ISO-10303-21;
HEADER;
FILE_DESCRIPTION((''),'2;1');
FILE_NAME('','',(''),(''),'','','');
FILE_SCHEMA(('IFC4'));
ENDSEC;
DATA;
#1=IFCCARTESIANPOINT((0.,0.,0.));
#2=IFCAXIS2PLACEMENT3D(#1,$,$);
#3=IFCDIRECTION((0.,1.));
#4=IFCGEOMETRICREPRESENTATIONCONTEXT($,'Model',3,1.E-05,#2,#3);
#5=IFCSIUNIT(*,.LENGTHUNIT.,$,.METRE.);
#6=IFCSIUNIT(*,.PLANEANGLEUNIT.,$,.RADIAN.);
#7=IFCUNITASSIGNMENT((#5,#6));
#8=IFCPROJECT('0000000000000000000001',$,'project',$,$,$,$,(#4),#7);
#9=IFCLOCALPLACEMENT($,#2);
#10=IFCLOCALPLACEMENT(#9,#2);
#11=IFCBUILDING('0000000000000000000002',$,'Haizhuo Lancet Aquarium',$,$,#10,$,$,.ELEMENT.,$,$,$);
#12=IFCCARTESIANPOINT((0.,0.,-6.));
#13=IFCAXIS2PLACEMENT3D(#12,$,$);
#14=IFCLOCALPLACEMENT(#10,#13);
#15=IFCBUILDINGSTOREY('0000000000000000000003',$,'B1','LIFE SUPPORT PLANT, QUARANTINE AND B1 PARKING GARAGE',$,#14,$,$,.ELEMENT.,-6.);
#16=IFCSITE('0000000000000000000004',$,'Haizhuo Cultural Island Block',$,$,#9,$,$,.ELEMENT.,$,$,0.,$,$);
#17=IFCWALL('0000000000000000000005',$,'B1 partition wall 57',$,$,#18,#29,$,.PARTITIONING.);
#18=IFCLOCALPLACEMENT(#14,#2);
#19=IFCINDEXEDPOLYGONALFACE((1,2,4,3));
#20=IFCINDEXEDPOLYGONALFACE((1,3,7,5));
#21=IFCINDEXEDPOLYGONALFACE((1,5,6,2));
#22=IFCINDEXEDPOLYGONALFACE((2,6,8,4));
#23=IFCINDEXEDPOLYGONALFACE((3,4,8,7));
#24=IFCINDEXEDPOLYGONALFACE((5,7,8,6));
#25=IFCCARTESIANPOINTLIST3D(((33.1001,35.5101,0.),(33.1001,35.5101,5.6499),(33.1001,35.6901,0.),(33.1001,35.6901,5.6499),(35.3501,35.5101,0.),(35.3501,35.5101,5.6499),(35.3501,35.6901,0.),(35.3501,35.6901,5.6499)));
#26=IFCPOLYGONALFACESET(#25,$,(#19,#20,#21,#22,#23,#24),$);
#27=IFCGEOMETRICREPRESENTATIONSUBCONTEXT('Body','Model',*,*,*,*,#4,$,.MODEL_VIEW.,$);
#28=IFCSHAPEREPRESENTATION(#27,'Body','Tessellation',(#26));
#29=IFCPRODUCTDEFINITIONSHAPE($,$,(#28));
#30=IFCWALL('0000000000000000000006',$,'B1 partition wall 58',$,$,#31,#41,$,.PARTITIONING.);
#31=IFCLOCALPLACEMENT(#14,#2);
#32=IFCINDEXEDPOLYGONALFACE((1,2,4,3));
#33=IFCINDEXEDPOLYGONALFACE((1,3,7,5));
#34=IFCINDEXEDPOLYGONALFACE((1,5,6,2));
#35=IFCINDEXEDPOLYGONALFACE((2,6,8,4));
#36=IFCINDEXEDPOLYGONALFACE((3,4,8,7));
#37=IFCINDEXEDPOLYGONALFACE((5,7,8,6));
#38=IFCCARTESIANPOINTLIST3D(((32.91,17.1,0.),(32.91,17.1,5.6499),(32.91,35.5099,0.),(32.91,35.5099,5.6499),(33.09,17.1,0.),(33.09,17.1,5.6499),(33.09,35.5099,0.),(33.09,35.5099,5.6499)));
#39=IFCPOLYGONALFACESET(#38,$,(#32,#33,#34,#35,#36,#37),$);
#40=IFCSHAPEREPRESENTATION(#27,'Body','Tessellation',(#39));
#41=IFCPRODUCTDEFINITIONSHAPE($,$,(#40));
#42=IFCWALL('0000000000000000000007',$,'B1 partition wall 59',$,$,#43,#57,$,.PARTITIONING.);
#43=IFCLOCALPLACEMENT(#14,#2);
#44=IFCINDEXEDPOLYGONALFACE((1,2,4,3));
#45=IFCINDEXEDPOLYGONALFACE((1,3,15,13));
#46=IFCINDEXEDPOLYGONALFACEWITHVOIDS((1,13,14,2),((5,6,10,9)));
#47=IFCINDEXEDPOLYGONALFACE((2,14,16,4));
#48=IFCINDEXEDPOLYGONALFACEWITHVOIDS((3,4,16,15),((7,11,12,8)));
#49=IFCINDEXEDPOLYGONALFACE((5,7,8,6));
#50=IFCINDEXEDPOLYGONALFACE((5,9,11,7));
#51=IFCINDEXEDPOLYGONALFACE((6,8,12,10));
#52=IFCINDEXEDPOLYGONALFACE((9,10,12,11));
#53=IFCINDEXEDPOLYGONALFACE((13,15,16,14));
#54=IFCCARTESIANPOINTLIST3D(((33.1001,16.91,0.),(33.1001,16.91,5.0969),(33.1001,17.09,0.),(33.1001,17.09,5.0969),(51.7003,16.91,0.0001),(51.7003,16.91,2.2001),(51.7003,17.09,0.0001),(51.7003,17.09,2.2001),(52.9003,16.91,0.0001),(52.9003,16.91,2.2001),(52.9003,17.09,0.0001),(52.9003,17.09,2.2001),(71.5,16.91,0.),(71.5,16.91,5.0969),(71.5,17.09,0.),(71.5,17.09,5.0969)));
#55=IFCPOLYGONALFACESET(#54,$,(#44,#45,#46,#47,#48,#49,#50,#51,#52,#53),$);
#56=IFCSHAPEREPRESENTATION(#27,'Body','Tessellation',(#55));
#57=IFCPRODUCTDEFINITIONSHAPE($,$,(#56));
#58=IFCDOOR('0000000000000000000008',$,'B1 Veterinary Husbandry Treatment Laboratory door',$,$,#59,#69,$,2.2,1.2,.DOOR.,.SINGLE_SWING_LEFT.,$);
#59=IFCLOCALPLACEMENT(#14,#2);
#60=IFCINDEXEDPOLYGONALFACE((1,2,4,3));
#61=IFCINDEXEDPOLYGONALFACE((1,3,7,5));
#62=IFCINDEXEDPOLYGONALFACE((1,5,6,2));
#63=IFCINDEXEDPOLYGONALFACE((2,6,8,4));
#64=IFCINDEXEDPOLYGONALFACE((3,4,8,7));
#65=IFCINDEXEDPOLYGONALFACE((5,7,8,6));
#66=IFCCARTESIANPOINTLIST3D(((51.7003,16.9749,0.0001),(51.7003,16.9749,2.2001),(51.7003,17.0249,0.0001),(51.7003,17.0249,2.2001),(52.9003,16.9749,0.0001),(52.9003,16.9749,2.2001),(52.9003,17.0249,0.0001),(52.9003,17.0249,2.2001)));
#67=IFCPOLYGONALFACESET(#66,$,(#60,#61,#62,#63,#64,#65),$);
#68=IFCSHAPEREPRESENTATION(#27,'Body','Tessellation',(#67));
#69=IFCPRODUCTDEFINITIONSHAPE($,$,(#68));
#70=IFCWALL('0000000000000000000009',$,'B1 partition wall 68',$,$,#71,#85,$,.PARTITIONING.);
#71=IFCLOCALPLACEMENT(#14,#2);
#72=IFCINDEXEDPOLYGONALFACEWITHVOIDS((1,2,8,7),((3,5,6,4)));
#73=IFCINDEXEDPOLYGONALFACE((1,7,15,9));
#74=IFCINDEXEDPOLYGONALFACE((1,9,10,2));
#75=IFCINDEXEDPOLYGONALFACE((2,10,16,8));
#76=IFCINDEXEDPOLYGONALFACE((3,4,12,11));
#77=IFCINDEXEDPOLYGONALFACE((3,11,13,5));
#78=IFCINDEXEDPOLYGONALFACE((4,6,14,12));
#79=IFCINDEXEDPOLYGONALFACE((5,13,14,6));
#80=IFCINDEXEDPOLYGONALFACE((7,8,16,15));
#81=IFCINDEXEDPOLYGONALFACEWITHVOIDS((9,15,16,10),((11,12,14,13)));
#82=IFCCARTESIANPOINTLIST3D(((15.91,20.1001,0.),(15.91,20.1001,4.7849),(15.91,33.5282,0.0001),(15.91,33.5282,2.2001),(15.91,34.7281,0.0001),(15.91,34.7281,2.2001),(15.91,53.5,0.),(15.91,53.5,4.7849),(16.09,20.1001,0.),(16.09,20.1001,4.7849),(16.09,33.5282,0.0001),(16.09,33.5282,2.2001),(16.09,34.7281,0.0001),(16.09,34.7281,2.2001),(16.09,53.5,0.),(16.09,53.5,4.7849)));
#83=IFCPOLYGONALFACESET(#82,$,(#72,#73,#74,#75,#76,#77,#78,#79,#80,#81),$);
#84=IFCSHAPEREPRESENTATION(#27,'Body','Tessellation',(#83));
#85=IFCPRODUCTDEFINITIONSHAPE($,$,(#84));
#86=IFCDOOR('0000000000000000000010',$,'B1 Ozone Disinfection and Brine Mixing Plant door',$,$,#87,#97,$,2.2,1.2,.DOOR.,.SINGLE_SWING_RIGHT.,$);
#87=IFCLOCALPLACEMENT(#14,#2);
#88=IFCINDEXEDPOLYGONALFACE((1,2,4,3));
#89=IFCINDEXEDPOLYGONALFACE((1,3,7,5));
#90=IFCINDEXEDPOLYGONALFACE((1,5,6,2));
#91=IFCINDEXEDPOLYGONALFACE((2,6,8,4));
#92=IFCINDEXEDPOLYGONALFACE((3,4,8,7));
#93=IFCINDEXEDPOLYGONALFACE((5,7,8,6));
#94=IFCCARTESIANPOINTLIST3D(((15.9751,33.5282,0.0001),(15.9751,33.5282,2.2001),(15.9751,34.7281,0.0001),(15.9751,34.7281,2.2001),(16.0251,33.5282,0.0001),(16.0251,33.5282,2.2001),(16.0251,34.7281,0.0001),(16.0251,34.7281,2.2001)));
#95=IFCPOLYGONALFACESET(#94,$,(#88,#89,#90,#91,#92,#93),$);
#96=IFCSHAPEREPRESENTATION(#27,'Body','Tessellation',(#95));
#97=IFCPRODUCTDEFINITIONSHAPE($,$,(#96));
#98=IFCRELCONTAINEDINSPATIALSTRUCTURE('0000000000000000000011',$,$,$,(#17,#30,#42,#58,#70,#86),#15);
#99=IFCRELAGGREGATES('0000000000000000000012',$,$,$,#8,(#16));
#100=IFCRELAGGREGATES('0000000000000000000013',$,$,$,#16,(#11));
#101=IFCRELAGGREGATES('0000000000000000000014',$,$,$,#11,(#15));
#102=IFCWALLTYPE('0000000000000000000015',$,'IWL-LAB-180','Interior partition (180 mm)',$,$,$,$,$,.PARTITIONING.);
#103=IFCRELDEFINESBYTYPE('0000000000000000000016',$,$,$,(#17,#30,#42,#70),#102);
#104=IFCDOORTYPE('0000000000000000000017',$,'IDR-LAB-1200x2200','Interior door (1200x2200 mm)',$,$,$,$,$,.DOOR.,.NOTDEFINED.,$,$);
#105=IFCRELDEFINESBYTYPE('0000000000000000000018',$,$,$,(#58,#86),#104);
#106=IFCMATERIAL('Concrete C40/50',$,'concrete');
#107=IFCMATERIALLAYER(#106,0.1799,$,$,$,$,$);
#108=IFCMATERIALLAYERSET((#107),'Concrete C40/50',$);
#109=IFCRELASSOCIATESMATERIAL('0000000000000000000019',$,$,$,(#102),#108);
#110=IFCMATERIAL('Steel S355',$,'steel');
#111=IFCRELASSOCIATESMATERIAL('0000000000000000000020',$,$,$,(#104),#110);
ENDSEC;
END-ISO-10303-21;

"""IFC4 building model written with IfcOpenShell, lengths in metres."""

from ifc_helpers import new_model, si_unit, direction, frame, frame_2d, origin, place, context, subcontext, project, spatial, rectangle, extrude, material, layer, layer_set, type_object, element, fill, save


model = new_model("IFC4")

# Units and contexts
model_context = context("Model", 3, precision=1e-05, world=origin(), true_north=direction((0.0, 1.0)))
body_context = subcontext(model_context, "Body", "Model", "MODEL_VIEW")
ifc_project = project(units=[si_unit("LENGTHUNIT", "METRE"), si_unit("PLANEANGLEUNIT", "RADIAN")], contexts=[model_context])

# Site, building, storey
site_placement = place(None, origin())
site = spatial("IfcSite", under=ifc_project, at=site_placement, Name="Haizhuo Cultural Island Block", CompositionType="ELEMENT", RefElevation=0.0)
building_placement = place(site_placement, origin())
building = spatial("IfcBuilding", under=site, at=building_placement, Name="Haizhuo Lancet Aquarium", CompositionType="ELEMENT")
storey_placement = place(building_placement, frame((0.0, 0.0, -6.0)))
storey = spatial("IfcBuildingStorey", under=building, at=storey_placement, Name="B1", Description="LIFE SUPPORT PLANT, QUARANTINE AND B1 PARKING GARAGE", CompositionType="ELEMENT", Elevation=-6.0)

# Shared definitions
ifc_material_1 = material(Name="Concrete C40/50", Category="concrete")

# Shared definitions
ifc_material_2 = material(Name="Steel S355", Category="steel")

# Walls
ifc_layer = layer(ifc_material_1, 0.1799)
ifc_layer_set = layer_set([ifc_layer], Name="Concrete C40/50")
wall_type = type_object("IfcWallType", Name="IWL-LAB-180", Description="Interior partition (180 mm)", PredefinedType="PARTITIONING", material=ifc_layer_set)
wall_1_placement = place(storey_placement, frame((35.3501, 35.6001, 0.0), z_axis=(0.0, 0.0, 1.0), x_axis=(-1.0, 0.0, 0.0)))
element("IfcWall", 1, at=wall_1_placement, inside=storey, type_object=wall_type, Name="B1 partition wall 57", PredefinedType="PARTITIONING", context=body_context, shape_type="SweptSolid", body=[
    extrude(rectangle(XDim=2.25, YDim=0.1799, at=frame_2d((1.125, 0.0))), origin(), (0.0, 0.0, 1.0), 5.6499),
])
wall_2_placement = place(storey_placement, frame((33.0, 35.51, 0.0), z_axis=(0.0, 0.0, 1.0), x_axis=(0.0, -1.0, 0.0)))
element("IfcWall", 2, at=wall_2_placement, inside=storey, type_object=wall_type, Name="B1 partition wall 58", PredefinedType="PARTITIONING", context=body_context, shape_type="SweptSolid", body=[
    extrude(rectangle(XDim=18.4099, YDim=0.1799, at=frame_2d((9.2051, 0.0))), origin(), (0.0, 0.0, 1.0), 5.6499),
])

# Walls, openings, doors
wall_3_placement = place(storey_placement, frame((33.1001, 17.0, 0.0), z_axis=(0.0, 0.0, 1.0), x_axis=(1.0, 0.0, 0.0)))
wall_3 = element("IfcWall", 3, at=wall_3_placement, inside=storey, type_object=wall_type, Name="B1 partition wall 59", PredefinedType="PARTITIONING", context=body_context, shape_type="SweptSolid", body=[
    extrude(rectangle(XDim=38.3999, YDim=0.1799, at=frame_2d((19.2, 0.0))), origin(), (0.0, 0.0, 1.0), 5.0969),
])
opening_1_placement = place(wall_3_placement, frame((18.6001, 0.0, 0.0)))
opening_1 = element("IfcOpeningElement", 4, at=opening_1_placement, cuts=wall_3, PredefinedType="OPENING", context=body_context, shape_type="SweptSolid", body=[
    extrude(rectangle(XDim=1.2, YDim=2.2, at=frame_2d((0.6001, 1.1001))), frame((0.0, 0.0999, 0.0), z_axis=(0.0, -1.0, 0.0), x_axis=(1.0, 0.0, 0.0)), (0.0, 0.0, 1.0), 0.1999),
])
door_type = type_object("IfcDoorType", Name="IDR-LAB-1200x2200", Description="Interior door (1200x2200 mm)", OperationType="NOTDEFINED", PredefinedType="DOOR", material=ifc_material_2)
door_1_placement = place(opening_1_placement, origin())
door_1 = element("IfcDoor", 5, at=door_1_placement, inside=storey, type_object=door_type, Name="B1 Veterinary Husbandry Treatment Laboratory door", OperationType="SINGLE_SWING_LEFT", OverallHeight=2.2, OverallWidth=1.2, PredefinedType="DOOR", context=body_context, shape_type="SweptSolid", body=[
    extrude(rectangle(XDim=1.2, YDim=2.2, at=frame_2d((0.6001, 1.1001))), frame((0.0, 0.0249, 0.0), z_axis=(0.0, -1.0, 0.0), x_axis=(1.0, 0.0, 0.0)), (0.0, 0.0, 1.0), 0.05),
])
fill(opening_1, door_1)
wall_4_placement = place(storey_placement, frame((16.0, 20.1001, 0.0), z_axis=(0.0, 0.0, 1.0), x_axis=(0.0, 1.0, 0.0)))
wall_4 = element("IfcWall", 6, at=wall_4_placement, inside=storey, type_object=wall_type, Name="B1 partition wall 68", PredefinedType="PARTITIONING", context=body_context, shape_type="SweptSolid", body=[
    extrude(rectangle(XDim=33.3999, YDim=0.1799, at=frame_2d((16.7, 0.0))), origin(), (0.0, 0.0, 1.0), 4.7849),
])
opening_2_placement = place(wall_4_placement, frame((13.428, 0.0, 0.0)))
opening_2 = element("IfcOpeningElement", 7, at=opening_2_placement, cuts=wall_4, PredefinedType="OPENING", context=body_context, shape_type="SweptSolid", body=[
    extrude(rectangle(XDim=1.2, YDim=2.2, at=frame_2d((0.6001, 1.1001))), frame((0.0, 0.0999, 0.0), z_axis=(0.0, -1.0, 0.0), x_axis=(1.0, 0.0, 0.0)), (0.0, 0.0, 1.0), 0.1999),
])
door_2_placement = place(opening_2_placement, origin())
door_2 = element("IfcDoor", 8, at=door_2_placement, inside=storey, type_object=door_type, Name="B1 Ozone Disinfection and Brine Mixing Plant door", OperationType="SINGLE_SWING_RIGHT", OverallHeight=2.2, OverallWidth=1.2, PredefinedType="DOOR", context=body_context, shape_type="SweptSolid", body=[
    extrude(rectangle(XDim=1.2, YDim=2.2, at=frame_2d((0.6001, 1.1001))), frame((0.0, 0.0249, 0.0), z_axis=(0.0, -1.0, 0.0), x_axis=(1.0, 0.0, 0.0)), (0.0, 0.0, 1.0), 0.05),
])
fill(opening_2, door_2)

save(model, "model.ifc")
